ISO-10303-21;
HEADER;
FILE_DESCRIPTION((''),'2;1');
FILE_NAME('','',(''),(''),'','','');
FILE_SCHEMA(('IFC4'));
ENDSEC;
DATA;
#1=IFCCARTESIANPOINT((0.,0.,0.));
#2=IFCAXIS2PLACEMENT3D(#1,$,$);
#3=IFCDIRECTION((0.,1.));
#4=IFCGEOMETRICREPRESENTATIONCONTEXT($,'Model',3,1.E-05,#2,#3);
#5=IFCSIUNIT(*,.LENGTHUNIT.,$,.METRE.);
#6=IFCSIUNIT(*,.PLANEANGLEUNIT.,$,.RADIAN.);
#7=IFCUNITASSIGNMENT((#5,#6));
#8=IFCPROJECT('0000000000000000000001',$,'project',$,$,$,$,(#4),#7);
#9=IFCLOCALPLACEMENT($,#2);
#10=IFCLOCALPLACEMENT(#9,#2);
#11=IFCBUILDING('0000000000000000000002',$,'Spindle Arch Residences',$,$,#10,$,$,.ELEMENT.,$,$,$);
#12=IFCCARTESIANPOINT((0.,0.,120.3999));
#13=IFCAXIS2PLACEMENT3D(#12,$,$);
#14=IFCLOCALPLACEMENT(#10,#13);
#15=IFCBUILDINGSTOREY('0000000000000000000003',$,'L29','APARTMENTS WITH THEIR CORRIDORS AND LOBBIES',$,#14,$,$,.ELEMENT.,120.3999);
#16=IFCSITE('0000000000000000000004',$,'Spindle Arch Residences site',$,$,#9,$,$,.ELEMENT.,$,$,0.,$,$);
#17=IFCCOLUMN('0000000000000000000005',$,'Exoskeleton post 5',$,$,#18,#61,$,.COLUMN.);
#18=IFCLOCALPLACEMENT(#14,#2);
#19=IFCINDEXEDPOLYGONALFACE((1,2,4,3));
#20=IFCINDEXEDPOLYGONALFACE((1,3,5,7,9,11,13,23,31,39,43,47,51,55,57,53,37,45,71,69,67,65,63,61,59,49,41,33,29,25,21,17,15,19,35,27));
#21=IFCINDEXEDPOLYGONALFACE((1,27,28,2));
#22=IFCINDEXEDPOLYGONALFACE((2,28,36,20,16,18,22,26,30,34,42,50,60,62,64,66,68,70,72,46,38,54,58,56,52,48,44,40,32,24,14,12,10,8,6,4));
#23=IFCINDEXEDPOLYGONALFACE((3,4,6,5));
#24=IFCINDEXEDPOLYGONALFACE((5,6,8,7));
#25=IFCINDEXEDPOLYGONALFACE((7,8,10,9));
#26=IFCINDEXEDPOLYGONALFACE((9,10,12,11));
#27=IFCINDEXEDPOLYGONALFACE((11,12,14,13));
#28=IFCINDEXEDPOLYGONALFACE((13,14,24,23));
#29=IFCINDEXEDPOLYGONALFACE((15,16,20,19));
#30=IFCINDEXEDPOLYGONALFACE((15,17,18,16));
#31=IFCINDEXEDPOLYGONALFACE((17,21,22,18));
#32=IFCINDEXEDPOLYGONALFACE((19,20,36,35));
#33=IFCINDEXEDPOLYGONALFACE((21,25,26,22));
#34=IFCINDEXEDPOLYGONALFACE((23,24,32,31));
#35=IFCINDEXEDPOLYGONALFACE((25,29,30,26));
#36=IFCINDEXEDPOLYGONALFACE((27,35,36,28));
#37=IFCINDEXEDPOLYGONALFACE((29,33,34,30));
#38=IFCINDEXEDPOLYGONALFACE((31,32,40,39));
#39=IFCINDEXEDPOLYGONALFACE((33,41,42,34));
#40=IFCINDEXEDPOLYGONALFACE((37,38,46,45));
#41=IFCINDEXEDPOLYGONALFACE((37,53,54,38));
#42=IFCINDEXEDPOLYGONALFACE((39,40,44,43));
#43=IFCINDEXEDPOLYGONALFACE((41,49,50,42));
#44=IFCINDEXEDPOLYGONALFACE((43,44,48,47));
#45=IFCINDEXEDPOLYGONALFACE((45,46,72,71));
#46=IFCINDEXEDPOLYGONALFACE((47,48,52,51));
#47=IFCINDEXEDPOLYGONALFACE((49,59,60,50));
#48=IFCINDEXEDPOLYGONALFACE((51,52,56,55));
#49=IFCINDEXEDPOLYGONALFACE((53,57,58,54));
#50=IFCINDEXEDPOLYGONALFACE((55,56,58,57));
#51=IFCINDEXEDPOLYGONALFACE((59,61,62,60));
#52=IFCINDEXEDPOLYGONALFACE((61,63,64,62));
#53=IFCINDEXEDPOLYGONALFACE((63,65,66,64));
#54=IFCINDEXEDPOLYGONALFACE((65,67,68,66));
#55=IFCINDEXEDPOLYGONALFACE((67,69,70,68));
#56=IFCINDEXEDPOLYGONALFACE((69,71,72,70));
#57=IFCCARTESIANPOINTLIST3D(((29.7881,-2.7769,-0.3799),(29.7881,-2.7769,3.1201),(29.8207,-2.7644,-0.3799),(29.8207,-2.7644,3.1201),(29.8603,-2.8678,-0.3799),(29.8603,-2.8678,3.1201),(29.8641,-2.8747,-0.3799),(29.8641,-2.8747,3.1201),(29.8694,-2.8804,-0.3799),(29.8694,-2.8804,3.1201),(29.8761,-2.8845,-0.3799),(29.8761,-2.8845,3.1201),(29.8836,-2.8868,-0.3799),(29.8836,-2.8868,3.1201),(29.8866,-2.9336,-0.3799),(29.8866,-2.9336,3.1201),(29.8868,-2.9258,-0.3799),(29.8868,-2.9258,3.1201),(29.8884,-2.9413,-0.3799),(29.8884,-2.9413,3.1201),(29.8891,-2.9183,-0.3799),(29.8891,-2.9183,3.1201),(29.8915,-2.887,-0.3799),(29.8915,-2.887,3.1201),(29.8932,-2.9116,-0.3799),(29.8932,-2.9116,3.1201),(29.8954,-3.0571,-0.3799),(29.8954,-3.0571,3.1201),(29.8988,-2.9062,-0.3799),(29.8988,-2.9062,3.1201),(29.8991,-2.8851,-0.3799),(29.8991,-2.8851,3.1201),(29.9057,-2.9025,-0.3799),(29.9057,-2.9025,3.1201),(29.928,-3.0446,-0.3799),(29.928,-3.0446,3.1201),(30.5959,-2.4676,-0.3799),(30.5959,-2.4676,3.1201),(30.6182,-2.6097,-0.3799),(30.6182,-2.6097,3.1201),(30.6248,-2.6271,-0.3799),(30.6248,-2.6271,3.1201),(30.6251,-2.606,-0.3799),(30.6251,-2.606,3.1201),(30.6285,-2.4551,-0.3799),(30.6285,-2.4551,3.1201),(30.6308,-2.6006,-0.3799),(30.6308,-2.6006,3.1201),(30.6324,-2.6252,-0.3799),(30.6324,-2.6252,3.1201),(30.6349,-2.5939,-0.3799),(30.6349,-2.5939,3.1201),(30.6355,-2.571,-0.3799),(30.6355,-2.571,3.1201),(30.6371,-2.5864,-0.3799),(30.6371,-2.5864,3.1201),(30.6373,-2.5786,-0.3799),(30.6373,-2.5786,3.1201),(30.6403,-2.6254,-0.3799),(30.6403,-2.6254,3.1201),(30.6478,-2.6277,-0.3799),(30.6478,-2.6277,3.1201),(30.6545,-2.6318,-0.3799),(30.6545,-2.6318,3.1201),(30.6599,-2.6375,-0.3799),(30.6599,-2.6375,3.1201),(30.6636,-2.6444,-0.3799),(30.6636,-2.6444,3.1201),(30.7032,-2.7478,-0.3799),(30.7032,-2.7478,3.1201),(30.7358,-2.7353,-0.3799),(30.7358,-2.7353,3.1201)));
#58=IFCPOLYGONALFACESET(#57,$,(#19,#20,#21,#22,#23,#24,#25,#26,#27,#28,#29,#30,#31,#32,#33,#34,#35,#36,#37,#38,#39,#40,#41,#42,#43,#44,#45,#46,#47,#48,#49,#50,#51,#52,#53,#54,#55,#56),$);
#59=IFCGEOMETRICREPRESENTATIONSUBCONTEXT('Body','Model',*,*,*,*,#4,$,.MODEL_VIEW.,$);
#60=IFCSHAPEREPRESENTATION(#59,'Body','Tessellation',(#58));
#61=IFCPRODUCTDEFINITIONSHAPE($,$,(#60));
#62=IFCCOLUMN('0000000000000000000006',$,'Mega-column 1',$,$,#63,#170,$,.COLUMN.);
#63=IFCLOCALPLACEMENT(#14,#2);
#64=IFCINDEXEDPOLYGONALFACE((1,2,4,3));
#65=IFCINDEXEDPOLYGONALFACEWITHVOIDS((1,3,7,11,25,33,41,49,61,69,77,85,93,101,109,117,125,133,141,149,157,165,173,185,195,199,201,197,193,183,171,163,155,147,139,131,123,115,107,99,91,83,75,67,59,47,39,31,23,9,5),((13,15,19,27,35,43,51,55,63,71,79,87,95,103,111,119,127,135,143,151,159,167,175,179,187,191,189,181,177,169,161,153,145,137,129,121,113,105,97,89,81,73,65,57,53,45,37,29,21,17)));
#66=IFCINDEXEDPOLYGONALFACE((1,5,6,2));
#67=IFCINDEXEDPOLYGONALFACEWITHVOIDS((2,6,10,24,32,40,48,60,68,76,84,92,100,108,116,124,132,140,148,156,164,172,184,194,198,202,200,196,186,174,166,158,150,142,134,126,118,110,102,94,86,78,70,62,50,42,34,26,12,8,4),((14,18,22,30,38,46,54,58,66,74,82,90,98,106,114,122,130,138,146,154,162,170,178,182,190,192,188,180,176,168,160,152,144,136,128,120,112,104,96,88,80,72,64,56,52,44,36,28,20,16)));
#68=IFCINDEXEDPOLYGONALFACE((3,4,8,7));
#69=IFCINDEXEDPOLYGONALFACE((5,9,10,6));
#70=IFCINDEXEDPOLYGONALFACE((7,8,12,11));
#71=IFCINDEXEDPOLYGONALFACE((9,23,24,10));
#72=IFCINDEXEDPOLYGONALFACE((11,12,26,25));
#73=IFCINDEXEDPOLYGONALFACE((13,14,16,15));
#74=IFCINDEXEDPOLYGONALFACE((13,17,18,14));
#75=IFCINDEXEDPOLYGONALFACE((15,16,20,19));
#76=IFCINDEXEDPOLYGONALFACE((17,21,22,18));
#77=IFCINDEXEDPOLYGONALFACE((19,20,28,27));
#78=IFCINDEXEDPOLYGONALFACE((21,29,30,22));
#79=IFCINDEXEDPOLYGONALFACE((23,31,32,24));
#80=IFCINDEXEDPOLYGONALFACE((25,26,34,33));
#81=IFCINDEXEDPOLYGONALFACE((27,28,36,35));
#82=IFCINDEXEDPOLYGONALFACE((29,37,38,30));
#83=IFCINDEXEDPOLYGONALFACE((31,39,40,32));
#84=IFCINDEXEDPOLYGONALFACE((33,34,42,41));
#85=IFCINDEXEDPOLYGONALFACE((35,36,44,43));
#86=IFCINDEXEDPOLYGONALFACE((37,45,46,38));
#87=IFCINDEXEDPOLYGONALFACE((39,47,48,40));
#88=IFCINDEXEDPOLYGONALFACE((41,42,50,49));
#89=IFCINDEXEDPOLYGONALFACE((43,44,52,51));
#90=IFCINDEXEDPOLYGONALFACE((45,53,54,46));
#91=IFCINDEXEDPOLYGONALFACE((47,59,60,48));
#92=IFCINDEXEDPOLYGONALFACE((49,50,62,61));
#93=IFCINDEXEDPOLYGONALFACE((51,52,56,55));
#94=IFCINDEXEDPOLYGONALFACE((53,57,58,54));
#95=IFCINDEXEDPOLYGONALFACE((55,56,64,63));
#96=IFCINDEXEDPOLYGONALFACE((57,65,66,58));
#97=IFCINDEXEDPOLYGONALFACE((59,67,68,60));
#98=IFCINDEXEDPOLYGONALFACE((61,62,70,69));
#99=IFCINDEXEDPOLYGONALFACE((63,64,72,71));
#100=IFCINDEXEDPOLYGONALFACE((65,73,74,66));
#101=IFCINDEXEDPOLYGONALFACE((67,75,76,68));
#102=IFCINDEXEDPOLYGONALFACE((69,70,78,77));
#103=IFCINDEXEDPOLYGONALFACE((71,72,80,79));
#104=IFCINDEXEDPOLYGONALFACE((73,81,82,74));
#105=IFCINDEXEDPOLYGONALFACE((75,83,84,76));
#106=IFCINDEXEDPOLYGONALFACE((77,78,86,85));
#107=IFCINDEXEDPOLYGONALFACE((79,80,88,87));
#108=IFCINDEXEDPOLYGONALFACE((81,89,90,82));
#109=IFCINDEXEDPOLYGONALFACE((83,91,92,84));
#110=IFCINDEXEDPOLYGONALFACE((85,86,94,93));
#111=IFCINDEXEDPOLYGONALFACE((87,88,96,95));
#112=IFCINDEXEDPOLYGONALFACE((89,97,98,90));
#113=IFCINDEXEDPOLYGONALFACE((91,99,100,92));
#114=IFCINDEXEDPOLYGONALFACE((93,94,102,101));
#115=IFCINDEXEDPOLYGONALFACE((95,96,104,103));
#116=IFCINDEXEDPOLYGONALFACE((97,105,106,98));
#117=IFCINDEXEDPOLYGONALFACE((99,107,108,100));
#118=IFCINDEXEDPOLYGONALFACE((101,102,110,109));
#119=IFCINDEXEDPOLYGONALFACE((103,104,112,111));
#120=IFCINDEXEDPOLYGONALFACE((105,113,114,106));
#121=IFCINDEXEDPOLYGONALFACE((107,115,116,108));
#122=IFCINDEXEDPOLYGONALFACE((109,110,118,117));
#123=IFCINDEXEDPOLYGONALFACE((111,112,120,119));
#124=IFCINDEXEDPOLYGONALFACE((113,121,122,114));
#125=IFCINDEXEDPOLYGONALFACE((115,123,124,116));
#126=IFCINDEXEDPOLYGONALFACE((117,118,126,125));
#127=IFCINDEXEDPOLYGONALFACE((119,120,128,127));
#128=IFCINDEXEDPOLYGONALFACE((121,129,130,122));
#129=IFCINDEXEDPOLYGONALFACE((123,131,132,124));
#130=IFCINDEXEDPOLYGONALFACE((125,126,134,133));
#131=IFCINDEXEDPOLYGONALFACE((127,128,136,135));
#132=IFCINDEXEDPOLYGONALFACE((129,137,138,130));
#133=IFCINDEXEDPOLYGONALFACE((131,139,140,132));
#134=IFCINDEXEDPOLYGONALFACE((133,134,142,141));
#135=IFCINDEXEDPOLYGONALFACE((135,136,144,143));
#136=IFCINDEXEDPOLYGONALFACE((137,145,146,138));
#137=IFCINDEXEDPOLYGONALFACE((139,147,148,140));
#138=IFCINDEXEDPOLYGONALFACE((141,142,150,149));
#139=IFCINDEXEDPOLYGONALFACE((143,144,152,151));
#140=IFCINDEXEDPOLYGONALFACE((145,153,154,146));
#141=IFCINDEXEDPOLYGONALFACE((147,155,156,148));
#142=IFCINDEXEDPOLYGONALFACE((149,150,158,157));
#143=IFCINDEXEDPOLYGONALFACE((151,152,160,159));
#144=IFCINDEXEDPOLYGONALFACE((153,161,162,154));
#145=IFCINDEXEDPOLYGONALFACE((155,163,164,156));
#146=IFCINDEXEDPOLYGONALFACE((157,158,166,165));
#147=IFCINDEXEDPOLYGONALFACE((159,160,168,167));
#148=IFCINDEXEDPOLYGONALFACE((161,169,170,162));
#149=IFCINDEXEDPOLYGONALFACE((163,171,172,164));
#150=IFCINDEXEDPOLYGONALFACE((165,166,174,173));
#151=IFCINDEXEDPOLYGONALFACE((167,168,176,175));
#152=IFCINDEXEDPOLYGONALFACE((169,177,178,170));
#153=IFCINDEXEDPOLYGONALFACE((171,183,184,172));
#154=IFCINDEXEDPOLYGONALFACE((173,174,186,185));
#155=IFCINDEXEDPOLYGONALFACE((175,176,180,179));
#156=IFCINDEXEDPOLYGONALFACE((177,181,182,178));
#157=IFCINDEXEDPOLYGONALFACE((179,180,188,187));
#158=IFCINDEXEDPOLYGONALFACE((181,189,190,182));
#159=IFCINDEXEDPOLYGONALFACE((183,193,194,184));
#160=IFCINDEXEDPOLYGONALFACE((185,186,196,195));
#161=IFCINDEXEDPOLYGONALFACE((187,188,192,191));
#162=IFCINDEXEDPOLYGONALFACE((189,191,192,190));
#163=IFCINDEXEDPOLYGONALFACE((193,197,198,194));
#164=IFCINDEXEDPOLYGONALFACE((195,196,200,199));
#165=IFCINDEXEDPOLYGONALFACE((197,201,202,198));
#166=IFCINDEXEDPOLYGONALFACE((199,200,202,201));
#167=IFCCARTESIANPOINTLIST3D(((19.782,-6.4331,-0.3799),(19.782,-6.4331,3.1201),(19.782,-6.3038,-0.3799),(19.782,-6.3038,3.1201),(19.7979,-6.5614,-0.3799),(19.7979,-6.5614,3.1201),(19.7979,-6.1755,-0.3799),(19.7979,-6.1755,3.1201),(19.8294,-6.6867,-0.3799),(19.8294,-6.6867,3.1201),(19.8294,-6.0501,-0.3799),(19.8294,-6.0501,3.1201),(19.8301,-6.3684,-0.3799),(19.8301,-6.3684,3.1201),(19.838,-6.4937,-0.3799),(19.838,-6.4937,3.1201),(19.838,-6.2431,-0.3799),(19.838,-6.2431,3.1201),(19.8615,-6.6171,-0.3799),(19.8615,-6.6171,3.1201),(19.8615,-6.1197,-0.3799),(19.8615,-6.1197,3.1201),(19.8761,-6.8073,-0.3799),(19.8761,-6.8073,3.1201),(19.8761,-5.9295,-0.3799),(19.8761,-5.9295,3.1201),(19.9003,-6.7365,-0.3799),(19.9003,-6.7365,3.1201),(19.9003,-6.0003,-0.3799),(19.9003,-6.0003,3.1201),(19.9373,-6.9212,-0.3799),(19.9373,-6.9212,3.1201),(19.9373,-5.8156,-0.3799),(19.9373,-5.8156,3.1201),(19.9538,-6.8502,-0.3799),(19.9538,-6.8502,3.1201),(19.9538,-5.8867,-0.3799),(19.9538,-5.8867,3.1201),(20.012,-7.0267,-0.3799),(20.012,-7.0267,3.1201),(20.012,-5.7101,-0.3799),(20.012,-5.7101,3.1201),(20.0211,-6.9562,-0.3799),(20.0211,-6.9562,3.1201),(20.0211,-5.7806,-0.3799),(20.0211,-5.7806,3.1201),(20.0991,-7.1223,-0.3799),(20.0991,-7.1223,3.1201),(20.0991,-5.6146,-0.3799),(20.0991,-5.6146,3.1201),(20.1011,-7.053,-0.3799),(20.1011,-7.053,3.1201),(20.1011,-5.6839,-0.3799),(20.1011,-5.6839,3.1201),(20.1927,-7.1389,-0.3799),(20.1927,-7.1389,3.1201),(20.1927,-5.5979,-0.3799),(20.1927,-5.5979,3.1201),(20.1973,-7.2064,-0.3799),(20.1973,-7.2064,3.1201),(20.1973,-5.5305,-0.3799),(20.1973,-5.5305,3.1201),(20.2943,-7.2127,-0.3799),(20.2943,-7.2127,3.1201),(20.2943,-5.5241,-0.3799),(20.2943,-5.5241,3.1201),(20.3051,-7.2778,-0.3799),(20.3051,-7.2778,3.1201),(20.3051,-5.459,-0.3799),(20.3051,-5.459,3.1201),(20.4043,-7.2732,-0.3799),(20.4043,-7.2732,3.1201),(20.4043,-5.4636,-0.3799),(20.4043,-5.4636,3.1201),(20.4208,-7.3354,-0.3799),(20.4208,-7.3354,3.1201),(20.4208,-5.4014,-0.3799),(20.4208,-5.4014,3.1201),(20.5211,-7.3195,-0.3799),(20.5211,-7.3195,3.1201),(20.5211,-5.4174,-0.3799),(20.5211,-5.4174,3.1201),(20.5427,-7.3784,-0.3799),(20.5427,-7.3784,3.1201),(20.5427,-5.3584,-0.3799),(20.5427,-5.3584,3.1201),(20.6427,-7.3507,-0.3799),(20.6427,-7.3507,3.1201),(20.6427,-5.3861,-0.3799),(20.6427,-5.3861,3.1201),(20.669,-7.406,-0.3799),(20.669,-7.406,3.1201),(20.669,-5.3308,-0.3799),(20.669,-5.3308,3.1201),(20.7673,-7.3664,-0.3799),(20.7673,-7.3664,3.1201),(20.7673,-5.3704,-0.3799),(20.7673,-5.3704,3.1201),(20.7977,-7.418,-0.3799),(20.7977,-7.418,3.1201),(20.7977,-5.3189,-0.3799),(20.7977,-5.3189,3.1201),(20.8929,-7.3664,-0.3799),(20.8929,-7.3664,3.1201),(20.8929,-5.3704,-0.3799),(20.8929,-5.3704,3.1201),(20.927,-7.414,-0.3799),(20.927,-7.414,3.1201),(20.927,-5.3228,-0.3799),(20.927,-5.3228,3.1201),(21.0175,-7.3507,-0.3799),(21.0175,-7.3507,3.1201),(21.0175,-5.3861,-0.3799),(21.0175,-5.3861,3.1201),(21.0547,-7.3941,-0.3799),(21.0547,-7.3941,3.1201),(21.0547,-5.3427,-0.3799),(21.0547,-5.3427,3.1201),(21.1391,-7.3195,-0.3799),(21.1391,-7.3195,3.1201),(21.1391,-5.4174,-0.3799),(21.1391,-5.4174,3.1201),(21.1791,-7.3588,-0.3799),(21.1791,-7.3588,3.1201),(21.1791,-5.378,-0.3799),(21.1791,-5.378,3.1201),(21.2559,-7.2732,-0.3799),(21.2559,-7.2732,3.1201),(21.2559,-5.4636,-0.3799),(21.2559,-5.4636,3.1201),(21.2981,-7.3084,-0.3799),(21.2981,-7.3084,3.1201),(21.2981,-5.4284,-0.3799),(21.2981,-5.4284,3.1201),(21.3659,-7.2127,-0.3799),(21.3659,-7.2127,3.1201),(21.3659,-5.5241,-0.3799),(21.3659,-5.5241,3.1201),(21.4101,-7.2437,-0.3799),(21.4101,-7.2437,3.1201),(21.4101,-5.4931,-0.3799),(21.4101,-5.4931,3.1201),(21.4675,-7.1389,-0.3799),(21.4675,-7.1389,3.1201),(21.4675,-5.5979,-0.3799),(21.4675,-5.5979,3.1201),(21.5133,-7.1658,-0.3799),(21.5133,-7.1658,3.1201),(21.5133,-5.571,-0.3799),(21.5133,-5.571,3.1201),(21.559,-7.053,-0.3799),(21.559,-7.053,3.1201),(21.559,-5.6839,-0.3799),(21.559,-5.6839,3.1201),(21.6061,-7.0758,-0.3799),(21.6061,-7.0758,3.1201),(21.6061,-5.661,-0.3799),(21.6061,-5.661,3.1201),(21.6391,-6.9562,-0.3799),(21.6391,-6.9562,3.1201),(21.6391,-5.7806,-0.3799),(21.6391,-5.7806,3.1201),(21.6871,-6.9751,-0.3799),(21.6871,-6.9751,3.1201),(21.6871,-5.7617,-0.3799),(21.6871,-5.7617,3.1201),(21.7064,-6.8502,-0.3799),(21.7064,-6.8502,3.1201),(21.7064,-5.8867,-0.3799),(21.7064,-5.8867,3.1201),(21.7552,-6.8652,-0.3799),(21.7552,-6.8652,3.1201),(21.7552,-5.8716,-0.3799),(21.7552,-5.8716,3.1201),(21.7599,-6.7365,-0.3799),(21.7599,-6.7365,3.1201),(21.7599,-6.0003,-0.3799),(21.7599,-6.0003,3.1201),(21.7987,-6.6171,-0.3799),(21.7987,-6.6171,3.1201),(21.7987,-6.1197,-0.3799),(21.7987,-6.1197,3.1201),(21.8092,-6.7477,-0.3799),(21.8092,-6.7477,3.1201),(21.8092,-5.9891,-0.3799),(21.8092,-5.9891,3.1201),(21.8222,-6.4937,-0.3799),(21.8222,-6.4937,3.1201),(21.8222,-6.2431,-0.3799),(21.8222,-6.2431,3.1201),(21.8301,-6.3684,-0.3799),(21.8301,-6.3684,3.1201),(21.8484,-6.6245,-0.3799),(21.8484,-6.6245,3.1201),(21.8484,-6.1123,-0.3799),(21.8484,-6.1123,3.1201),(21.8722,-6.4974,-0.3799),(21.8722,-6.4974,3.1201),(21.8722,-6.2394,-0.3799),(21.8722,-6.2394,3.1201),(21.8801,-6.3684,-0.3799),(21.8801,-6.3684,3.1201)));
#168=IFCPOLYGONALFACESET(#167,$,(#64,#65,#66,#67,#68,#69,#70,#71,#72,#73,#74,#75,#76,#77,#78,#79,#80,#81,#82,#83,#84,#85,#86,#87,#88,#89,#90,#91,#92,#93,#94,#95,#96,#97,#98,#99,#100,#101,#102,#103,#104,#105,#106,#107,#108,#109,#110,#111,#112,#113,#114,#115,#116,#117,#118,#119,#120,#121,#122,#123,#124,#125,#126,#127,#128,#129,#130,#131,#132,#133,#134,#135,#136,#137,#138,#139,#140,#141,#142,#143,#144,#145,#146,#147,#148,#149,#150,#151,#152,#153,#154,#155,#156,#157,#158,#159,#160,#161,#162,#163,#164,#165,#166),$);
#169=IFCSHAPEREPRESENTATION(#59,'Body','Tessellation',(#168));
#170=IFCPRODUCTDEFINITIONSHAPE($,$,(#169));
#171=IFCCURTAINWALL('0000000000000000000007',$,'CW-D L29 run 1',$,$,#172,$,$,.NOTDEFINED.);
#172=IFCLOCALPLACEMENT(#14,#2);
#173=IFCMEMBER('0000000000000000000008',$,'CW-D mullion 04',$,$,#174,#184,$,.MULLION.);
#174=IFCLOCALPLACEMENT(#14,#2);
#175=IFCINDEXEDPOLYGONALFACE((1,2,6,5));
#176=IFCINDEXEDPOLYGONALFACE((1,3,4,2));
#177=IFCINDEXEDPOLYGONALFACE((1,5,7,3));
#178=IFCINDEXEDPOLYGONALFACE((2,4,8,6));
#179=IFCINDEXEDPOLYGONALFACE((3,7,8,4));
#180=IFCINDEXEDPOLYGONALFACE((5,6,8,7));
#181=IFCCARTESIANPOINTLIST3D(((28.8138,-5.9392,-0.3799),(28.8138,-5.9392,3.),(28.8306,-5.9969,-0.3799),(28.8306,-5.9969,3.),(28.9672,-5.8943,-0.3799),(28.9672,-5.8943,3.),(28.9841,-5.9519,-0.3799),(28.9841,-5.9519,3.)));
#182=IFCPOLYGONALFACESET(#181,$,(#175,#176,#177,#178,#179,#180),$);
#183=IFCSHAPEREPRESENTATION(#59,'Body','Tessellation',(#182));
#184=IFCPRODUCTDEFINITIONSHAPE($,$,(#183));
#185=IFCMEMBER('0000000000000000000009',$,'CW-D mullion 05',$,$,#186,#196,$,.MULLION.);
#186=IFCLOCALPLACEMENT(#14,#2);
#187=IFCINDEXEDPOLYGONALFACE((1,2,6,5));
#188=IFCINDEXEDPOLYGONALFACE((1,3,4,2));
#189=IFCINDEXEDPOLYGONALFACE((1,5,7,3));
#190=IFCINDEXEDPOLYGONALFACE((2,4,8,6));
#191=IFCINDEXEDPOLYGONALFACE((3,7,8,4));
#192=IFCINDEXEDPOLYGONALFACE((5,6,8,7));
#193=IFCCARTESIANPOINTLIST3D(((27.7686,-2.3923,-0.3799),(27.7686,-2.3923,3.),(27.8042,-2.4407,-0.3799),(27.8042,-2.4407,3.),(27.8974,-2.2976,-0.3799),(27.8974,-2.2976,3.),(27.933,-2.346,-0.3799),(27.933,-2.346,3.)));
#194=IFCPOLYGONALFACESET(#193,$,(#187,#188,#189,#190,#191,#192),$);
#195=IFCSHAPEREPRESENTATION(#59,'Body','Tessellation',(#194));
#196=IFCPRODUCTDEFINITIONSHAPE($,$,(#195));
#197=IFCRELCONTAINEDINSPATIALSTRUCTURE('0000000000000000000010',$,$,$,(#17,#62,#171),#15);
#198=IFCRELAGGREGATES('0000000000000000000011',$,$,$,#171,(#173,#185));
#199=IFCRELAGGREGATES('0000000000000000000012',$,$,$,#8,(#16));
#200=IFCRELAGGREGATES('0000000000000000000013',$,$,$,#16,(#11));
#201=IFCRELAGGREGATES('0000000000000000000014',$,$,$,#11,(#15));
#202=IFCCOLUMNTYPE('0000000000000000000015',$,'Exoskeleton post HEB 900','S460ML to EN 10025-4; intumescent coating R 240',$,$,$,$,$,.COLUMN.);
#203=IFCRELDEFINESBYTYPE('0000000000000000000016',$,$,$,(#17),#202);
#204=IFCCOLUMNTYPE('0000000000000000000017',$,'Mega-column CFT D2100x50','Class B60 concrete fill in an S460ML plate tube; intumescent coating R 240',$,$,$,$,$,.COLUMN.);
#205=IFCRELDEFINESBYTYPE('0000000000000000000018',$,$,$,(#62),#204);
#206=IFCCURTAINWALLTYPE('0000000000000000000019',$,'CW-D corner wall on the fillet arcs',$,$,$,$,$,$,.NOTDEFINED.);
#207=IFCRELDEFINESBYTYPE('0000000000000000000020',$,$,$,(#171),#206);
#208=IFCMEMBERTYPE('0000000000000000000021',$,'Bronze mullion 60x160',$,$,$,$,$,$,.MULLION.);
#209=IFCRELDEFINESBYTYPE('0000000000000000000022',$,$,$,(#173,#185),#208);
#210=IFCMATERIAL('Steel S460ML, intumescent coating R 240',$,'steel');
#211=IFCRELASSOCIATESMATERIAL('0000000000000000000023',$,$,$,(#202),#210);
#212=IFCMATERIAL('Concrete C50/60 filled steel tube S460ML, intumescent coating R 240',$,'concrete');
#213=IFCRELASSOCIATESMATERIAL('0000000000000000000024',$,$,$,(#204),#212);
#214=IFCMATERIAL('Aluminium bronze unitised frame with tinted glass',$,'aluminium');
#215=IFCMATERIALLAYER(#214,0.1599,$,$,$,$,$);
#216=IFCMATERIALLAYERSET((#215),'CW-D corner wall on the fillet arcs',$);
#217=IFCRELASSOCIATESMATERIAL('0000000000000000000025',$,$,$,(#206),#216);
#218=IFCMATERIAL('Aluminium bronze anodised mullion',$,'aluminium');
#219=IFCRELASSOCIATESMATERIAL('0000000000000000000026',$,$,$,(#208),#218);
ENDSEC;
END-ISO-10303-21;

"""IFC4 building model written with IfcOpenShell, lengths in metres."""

from ifc_helpers import new_model, si_unit, direction, frame, origin, origin_2d, place, context, subcontext, project, spatial, rectangle, hollow_circle, i_section, extrude, material, layer, layer_set, material_profile, profile_set, type_object, element, aggregate, save


model = new_model("IFC4")

# Units and contexts
model_context = context("Model", 3, precision=1e-05, world=origin(), true_north=direction((0.0, 1.0)))
body_context = subcontext(model_context, "Body", "Model", "MODEL_VIEW")
ifc_project = project(units=[si_unit("LENGTHUNIT", "METRE"), si_unit("PLANEANGLEUNIT", "RADIAN")], contexts=[model_context])

# Site, building, storey
site_placement = place(None, origin())
site = spatial("IfcSite", under=ifc_project, at=site_placement, Name="Spindle Arch Residences site", CompositionType="ELEMENT", RefElevation=0.0)
building_placement = place(site_placement, origin())
building = spatial("IfcBuilding", under=site, at=building_placement, Name="Spindle Arch Residences", CompositionType="ELEMENT")
storey_placement = place(building_placement, frame((0.0, 0.0, 120.3999)))
storey = spatial("IfcBuildingStorey", under=building, at=storey_placement, Name="L29", Description="APARTMENTS WITH THEIR CORRIDORS AND LOBBIES", CompositionType="ELEMENT", Elevation=120.3999)

# Columns
ifc_material_1 = material(Name="Steel S460ML, intumescent coating R 240", Category="steel")
ifc_material_profile_1 = material_profile(ifc_material_1, i_section(OverallWidth=0.3, OverallDepth=0.8999, WebThickness=0.0186, FlangeThickness=0.0349, FilletRadius=0.03, at=origin_2d()), Name="HEB 900")
ifc_profile_set_1 = profile_set([ifc_material_profile_1], Name="Steel S460ML, intumescent coating R 240")
column_type_1 = type_object("IfcColumnType", Name="Exoskeleton post HEB 900", Description="S460ML to EN 10025-4; intumescent coating R 240", PredefinedType="COLUMN", material=ifc_profile_set_1)
column_1_placement = place(storey_placement, frame((30.262, -2.7561, -0.3799), z_axis=(0.0, 0.0, 1.0), x_axis=(0.357665, -0.93385, 0.0)))
element("IfcColumn", 1, at=column_1_placement, inside=storey, type_object=column_type_1, Name="Exoskeleton post 5", PredefinedType="COLUMN", context=body_context, shape_type="SweptSolid", body=[
    extrude(i_section(OverallWidth=0.3, OverallDepth=0.8999, WebThickness=0.0186, FlangeThickness=0.0349, FilletRadius=0.03, at=origin_2d()), origin(), (0.0, 0.0, 1.0), 3.5),
])
ifc_material_2 = material(Name="Concrete C50/60 filled steel tube S460ML, intumescent coating R 240", Category="concrete")
ifc_material_profile_2 = material_profile(ifc_material_2, hollow_circle(Radius=1.05, WallThickness=0.05, at=origin_2d()), Name="CFT D2100x50")
ifc_profile_set_2 = profile_set([ifc_material_profile_2], Name="Concrete C50/60 filled steel tube S460ML, intumescent coating R 240")
column_type_2 = type_object("IfcColumnType", Name="Mega-column CFT D2100x50", Description="Class B60 concrete fill in an S460ML plate tube; intumescent coating R 240", PredefinedType="COLUMN", material=ifc_profile_set_2)
column_2_placement = place(storey_placement, frame((20.8301, -6.3684, -0.3799), z_axis=(0.0, 0.0, 1.0), x_axis=(1.0, 0.0, 0.0)))
element("IfcColumn", 2, at=column_2_placement, inside=storey, type_object=column_type_2, Name="Mega-column 1", PredefinedType="COLUMN", context=body_context, shape_type="SweptSolid", body=[
    extrude(hollow_circle(Radius=1.05, WallThickness=0.05, at=origin_2d()), origin(), (0.0, 0.0, 1.0), 3.5),
])

# Curtain wall, members
ifc_material_3 = material(Name="Aluminium bronze unitised frame with tinted glass", Category="aluminium")
ifc_layer_1 = layer(ifc_material_3, 0.1599)
ifc_layer_set_1 = layer_set([ifc_layer_1], Name="CW-D corner wall on the fillet arcs")
curtain_wall_type = type_object("IfcCurtainWallType", Name="CW-D corner wall on the fillet arcs", PredefinedType="NOTDEFINED", material=ifc_layer_set_1)
curtain_wall_placement = place(storey_placement, origin())
curtain_wall = element("IfcCurtainWall", 3, at=curtain_wall_placement, inside=storey, type_object=curtain_wall_type, Name="CW-D L29 run 1", PredefinedType="NOTDEFINED")
ifc_material_4 = material(Name="Aluminium bronze anodised mullion", Category="aluminium")
ifc_material_profile_3 = material_profile(ifc_material_4, rectangle(XDim=0.1599, YDim=0.0601, at=origin_2d()), Name="MU 60x160")
ifc_profile_set_3 = profile_set([ifc_material_profile_3], Name="Aluminium bronze anodised mullion")
member_type_1 = type_object("IfcMemberType", Name="Bronze mullion 60x160", PredefinedType="MULLION", material=ifc_profile_set_3)
member_1_placement = place(storey_placement, frame((28.8989, -5.9456, -0.3799), z_axis=(0.0, 0.0, 1.0), x_axis=(-0.959642, -0.281225, 0.0)))
member_1 = element("IfcMember", 4, at=member_1_placement, type_object=member_type_1, Name="CW-D mullion 04", PredefinedType="MULLION", context=body_context, shape_type="SweptSolid", body=[
    extrude(rectangle(XDim=0.1599, YDim=0.0601, at=origin_2d()), origin(), (0.0, 0.0, 1.0), 3.3799),
])
member_2_placement = place(storey_placement, frame((27.8508, -2.3691, -0.3799), z_axis=(0.0, 0.0, 1.0), x_axis=(-0.805584, -0.592482, 0.0)))
member_2 = element("IfcMember", 5, at=member_2_placement, type_object=member_type_1, Name="CW-D mullion 05", PredefinedType="MULLION", context=body_context, shape_type="SweptSolid", body=[
    extrude(rectangle(XDim=0.1599, YDim=0.0601, at=origin_2d()), origin(), (0.0, 0.0, 1.0), 3.3799),
])

aggregate(curtain_wall, [member_1, member_2])

save(model, "model.ifc")
